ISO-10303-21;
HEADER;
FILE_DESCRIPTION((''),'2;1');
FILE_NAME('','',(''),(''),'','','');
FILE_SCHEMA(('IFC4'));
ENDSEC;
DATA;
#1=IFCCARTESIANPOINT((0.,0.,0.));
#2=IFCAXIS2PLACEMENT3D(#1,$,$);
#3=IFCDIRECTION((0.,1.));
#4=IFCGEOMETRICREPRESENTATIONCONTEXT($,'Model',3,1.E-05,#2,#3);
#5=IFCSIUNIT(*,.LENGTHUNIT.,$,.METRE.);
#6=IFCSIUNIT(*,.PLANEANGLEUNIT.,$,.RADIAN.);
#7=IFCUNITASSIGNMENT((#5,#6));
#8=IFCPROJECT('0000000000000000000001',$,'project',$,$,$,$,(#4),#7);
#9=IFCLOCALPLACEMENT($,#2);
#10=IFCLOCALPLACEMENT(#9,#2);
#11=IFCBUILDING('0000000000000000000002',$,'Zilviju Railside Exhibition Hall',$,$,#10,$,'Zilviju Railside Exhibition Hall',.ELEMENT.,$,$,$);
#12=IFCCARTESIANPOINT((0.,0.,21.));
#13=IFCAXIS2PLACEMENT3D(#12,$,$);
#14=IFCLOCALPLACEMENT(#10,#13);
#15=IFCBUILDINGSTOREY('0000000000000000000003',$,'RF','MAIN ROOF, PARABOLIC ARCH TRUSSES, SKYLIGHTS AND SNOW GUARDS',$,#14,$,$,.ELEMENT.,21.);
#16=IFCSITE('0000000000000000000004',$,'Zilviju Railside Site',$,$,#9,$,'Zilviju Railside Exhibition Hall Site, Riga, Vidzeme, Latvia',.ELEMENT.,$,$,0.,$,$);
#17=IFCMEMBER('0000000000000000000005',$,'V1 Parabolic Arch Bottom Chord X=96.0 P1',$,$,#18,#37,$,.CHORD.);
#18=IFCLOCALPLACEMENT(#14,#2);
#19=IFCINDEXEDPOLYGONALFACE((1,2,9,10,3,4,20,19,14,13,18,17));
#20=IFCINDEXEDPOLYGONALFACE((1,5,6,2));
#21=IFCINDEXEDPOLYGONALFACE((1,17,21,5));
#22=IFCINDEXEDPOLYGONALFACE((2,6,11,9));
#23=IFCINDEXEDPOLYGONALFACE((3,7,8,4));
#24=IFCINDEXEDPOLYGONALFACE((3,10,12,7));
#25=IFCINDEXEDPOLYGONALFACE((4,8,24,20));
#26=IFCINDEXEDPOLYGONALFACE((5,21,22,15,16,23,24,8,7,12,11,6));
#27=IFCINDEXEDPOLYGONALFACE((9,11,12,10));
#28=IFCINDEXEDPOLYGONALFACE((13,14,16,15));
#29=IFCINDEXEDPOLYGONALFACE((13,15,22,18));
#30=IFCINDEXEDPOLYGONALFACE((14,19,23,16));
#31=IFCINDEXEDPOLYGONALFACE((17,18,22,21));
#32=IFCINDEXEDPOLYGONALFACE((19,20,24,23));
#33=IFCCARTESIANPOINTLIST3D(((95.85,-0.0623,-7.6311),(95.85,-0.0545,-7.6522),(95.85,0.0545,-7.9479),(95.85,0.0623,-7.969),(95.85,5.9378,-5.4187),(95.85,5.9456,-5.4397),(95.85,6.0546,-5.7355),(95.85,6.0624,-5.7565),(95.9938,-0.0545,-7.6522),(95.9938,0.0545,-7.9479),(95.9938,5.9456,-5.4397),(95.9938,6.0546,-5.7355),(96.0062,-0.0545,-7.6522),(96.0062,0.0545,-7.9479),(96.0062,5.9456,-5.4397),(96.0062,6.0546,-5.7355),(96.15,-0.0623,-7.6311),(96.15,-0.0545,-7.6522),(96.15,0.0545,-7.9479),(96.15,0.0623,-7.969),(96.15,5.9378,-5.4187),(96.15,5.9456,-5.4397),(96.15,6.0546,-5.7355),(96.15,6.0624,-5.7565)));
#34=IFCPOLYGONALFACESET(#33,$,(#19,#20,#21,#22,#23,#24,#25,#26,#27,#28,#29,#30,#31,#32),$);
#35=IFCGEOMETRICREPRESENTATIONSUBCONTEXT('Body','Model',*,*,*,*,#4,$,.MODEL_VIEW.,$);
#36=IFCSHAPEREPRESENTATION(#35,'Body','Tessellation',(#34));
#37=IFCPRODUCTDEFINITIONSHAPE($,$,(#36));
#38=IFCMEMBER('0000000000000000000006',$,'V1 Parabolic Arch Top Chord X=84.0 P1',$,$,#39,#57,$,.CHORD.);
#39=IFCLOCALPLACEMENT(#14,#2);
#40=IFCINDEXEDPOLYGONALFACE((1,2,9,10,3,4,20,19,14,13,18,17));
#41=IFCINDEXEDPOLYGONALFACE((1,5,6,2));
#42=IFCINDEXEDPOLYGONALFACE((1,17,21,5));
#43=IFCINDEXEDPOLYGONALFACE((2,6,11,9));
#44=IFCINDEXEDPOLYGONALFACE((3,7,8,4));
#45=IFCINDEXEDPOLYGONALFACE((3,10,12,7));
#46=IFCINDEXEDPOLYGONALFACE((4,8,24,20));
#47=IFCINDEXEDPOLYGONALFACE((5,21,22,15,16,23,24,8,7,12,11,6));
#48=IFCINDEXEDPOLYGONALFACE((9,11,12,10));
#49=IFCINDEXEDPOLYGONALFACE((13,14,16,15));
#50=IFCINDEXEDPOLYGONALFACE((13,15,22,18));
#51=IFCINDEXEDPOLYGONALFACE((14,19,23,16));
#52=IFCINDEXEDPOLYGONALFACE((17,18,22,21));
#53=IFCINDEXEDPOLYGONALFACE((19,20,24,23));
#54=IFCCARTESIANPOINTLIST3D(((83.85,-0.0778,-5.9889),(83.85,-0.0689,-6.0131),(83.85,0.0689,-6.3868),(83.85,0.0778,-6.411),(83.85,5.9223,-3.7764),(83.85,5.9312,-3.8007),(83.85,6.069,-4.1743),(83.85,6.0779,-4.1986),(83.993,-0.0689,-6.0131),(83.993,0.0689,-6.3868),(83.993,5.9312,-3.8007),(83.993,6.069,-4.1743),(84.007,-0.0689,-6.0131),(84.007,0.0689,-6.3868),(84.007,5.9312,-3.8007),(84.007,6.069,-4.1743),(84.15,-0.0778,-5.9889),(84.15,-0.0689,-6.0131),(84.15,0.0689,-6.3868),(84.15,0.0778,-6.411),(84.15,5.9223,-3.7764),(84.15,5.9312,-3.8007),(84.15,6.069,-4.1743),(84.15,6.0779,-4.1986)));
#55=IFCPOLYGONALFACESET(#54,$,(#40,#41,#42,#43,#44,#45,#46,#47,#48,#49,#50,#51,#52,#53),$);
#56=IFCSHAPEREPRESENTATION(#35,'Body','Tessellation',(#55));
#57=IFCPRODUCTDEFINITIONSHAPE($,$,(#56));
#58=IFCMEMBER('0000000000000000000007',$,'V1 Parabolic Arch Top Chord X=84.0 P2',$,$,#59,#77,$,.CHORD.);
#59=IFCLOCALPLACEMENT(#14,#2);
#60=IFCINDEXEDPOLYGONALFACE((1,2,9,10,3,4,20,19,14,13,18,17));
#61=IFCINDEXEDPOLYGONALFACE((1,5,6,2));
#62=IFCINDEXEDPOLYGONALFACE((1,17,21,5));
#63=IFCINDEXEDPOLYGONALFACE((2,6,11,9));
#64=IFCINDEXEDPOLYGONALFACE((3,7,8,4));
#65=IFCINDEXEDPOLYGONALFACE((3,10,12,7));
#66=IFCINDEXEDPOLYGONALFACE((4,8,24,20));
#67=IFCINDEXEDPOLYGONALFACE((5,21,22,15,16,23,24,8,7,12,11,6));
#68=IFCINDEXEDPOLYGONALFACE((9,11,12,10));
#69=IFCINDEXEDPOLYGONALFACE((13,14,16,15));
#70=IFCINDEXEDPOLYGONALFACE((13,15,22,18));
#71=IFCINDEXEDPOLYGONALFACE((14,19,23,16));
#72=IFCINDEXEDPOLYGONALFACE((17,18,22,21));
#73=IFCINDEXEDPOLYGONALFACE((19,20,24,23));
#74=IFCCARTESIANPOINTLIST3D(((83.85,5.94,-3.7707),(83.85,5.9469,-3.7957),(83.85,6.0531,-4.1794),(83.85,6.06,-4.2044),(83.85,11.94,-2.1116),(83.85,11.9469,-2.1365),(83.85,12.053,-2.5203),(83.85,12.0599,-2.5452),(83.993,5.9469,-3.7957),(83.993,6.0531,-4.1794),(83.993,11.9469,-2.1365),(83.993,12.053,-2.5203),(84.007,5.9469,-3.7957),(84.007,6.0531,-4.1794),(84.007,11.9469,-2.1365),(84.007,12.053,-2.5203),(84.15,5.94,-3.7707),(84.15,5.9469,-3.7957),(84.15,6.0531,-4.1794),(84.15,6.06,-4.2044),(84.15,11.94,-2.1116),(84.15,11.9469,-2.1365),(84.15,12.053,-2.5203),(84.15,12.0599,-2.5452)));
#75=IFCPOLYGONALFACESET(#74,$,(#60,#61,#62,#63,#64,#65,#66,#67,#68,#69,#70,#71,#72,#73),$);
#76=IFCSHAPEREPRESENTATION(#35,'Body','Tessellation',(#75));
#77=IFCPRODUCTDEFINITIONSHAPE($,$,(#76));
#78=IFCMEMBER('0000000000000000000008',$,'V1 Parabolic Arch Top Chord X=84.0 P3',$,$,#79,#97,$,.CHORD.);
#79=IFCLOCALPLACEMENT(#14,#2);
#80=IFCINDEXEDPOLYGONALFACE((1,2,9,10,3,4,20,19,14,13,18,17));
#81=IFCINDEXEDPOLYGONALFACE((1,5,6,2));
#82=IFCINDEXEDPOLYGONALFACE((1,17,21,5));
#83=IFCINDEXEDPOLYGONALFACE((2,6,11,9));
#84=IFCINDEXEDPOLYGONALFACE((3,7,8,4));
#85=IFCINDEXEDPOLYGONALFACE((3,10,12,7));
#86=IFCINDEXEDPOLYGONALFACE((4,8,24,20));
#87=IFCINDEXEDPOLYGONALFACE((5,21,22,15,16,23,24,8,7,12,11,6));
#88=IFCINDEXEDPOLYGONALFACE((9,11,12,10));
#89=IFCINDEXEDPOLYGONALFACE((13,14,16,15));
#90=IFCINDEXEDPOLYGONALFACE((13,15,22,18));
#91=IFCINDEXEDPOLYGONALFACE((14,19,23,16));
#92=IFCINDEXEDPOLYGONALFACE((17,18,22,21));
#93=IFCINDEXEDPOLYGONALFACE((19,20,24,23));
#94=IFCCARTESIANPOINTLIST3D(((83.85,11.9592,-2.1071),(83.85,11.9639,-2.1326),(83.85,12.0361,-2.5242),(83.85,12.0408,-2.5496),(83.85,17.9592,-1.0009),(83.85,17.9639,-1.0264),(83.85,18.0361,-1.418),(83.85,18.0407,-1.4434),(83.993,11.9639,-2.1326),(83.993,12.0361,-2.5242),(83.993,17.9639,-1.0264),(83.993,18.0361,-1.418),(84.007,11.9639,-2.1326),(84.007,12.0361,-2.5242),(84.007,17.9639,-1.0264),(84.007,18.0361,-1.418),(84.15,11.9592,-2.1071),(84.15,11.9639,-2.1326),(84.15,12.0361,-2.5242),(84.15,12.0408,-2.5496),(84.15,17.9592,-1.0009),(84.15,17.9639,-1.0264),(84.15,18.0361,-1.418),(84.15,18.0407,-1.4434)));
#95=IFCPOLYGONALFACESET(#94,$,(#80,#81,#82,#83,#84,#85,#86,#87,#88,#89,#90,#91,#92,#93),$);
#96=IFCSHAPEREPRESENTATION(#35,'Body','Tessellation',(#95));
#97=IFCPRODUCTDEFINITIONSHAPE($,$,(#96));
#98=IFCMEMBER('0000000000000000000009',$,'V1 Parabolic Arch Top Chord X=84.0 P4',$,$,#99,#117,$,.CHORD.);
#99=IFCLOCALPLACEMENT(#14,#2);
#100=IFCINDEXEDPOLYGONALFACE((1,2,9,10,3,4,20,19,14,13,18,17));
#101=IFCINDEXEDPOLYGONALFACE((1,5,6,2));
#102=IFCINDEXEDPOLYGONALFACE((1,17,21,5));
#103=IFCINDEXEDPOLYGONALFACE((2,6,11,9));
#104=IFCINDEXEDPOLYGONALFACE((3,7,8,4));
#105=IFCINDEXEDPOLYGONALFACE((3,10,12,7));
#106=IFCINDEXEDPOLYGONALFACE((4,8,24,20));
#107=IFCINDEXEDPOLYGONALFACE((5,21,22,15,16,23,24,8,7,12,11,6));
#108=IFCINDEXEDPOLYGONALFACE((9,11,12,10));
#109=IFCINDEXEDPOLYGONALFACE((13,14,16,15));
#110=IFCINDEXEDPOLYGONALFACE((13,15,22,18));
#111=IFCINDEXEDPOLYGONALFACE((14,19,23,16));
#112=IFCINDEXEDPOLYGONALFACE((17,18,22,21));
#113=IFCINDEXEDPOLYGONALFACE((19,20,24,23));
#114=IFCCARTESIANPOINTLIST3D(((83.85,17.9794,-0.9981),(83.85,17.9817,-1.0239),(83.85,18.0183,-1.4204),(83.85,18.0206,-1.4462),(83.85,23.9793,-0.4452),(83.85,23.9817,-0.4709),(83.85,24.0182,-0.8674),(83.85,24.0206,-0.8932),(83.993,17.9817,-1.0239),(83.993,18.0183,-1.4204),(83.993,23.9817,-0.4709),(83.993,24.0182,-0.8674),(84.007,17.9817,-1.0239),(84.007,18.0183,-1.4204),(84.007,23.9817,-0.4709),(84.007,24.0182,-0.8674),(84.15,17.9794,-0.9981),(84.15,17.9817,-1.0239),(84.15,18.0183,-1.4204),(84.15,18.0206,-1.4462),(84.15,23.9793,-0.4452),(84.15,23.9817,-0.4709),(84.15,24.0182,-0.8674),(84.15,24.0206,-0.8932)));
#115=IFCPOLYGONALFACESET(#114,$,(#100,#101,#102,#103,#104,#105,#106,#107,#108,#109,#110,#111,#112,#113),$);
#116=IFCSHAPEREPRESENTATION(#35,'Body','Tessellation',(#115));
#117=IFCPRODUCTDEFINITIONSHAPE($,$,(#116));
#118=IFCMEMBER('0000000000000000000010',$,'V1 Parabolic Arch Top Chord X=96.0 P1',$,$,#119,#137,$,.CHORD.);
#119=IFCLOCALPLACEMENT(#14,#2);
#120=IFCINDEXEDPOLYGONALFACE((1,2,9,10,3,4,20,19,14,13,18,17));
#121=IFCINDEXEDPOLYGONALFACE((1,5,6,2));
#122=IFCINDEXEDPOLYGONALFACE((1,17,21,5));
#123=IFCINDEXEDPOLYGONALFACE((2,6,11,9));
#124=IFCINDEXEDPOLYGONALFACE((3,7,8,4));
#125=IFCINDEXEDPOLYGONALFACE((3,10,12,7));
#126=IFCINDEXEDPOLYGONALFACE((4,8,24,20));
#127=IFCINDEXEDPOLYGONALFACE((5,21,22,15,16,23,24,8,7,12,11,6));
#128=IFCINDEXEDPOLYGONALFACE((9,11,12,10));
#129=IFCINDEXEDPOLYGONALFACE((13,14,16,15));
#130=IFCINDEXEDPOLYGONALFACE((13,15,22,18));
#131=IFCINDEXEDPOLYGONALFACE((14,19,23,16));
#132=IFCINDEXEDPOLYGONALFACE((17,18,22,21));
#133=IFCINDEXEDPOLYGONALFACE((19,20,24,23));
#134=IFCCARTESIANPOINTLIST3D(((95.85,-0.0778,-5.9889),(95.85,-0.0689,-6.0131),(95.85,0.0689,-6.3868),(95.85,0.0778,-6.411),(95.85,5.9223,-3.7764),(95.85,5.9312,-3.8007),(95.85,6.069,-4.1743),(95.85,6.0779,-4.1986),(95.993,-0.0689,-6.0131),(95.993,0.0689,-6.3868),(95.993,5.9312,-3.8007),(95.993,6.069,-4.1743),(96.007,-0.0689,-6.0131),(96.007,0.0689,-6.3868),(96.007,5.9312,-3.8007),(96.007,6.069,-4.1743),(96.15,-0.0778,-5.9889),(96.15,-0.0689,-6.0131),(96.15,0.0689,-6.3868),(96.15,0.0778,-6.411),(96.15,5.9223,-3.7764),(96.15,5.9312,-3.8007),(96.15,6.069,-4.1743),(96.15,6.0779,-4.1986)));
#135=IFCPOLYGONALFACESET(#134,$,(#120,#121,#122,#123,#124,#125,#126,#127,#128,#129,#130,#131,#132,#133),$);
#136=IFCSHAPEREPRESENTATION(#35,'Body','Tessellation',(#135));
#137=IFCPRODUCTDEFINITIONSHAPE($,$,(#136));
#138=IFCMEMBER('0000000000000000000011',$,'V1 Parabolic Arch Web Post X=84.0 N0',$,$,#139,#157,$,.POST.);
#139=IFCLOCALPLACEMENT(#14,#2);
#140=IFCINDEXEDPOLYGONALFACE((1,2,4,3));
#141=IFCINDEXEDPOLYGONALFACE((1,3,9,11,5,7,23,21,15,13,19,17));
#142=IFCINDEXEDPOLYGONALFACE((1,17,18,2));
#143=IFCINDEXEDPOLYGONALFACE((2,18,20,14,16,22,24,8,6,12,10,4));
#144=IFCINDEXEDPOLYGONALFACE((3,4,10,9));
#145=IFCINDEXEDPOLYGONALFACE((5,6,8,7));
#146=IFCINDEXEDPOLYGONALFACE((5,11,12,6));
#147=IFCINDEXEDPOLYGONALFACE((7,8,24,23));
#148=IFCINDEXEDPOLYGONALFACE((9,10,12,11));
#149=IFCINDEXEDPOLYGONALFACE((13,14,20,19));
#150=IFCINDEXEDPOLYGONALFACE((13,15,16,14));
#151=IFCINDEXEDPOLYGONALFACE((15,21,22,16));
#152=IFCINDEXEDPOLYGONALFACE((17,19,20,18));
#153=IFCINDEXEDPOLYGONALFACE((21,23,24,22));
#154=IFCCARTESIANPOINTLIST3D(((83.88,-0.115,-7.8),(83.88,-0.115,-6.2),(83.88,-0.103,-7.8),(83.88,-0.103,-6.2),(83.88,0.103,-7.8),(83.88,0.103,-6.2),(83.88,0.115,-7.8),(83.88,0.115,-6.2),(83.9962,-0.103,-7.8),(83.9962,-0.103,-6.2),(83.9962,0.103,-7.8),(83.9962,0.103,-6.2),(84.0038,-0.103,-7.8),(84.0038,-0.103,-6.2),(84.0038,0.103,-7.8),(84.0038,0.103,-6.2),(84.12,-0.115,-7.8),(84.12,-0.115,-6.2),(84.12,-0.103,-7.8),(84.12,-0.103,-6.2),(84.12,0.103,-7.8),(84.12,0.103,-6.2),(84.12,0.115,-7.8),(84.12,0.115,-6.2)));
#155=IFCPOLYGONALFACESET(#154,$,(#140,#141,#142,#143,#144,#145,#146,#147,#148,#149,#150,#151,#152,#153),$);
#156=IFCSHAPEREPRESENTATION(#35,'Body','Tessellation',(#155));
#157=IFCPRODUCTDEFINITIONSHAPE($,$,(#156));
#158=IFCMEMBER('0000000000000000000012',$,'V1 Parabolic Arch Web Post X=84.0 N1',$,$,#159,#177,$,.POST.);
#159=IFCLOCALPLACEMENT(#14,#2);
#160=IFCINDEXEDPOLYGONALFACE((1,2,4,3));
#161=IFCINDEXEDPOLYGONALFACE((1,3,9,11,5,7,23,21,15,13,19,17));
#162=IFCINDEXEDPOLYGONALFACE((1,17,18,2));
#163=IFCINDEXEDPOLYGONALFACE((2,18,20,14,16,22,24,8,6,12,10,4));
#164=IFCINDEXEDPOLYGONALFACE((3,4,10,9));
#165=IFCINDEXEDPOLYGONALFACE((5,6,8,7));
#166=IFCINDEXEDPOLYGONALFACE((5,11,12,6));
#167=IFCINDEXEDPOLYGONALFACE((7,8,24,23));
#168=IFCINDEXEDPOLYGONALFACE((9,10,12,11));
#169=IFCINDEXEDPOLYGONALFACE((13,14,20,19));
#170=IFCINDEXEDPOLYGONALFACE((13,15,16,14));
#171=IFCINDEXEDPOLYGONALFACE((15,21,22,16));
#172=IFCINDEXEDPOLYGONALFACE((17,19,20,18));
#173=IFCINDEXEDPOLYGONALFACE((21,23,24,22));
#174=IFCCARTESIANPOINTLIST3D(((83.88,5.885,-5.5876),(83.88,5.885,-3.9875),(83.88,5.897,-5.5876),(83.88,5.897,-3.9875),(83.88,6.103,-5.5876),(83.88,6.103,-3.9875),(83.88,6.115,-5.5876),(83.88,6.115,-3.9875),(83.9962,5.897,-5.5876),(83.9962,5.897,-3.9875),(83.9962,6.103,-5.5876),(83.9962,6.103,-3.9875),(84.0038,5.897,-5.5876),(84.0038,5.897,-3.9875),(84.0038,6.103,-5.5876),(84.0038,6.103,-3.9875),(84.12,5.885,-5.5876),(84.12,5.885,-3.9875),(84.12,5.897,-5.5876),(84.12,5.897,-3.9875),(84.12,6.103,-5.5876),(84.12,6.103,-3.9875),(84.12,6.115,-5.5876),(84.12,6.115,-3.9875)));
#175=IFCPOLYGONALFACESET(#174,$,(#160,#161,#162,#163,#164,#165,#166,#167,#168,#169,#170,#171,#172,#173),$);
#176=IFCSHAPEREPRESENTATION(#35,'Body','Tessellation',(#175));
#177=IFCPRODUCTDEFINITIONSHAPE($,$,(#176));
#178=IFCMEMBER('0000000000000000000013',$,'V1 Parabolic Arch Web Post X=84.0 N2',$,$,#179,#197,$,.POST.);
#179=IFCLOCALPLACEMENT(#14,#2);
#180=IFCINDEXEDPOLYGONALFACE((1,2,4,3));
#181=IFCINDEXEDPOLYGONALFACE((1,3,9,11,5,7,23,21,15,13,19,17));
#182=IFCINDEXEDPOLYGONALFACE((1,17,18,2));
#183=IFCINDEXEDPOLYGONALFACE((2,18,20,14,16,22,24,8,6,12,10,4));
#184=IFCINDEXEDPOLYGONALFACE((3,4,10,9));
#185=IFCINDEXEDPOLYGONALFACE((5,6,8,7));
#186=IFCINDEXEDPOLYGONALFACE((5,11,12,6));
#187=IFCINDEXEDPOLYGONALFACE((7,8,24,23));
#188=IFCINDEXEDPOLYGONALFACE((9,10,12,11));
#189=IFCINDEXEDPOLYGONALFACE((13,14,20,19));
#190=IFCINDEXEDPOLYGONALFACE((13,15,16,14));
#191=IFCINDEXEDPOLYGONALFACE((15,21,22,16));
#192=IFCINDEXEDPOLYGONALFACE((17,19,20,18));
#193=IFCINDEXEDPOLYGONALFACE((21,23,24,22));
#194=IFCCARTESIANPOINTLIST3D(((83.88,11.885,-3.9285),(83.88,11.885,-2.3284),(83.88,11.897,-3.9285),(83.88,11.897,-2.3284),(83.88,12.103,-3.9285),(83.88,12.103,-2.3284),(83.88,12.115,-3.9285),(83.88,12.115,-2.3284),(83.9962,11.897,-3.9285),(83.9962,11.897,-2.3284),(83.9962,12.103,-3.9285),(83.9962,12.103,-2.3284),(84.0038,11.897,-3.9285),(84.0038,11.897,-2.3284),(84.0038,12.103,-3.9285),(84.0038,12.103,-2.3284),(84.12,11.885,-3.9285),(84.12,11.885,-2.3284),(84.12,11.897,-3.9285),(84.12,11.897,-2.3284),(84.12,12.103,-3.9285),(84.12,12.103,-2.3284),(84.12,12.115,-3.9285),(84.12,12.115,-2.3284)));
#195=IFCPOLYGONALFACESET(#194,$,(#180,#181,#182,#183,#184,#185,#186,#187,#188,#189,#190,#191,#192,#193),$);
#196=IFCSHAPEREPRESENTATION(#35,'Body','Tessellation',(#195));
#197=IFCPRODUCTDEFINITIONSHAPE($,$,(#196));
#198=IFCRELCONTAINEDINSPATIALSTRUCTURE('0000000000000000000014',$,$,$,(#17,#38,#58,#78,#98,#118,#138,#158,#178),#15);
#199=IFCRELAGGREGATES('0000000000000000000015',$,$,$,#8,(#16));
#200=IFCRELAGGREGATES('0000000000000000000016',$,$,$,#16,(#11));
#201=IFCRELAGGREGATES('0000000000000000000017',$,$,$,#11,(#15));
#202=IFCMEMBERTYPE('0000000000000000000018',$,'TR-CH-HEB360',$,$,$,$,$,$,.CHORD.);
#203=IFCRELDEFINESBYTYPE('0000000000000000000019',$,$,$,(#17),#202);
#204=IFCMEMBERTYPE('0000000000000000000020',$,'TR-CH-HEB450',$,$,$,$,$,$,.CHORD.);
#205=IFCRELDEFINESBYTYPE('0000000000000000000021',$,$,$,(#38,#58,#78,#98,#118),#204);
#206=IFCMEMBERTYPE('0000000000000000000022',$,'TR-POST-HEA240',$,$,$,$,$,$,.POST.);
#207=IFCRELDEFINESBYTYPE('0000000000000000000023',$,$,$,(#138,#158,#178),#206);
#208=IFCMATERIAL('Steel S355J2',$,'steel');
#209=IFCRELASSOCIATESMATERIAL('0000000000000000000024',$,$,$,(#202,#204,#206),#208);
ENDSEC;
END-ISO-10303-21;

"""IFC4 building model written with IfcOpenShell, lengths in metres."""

from ifc_helpers import new_model, si_unit, direction, frame, origin, origin_2d, place, context, subcontext, project, spatial, i_section, extrude, material, material_profile, profile_set, type_object, element, save


model = new_model("IFC4")

# Units and contexts
model_context = context("Model", 3, precision=1e-05, world=origin(), true_north=direction((0.0, 1.0)))
body_context = subcontext(model_context, "Body", "Model", "MODEL_VIEW")
ifc_project = project(units=[si_unit("LENGTHUNIT", "METRE"), si_unit("PLANEANGLEUNIT", "RADIAN")], contexts=[model_context])

# Site, building, storey
site_placement = place(None, origin())
site = spatial("IfcSite", under=ifc_project, at=site_placement, Name="Zilviju Railside Site", LongName="Zilviju Railside Exhibition Hall Site, Riga, Vidzeme, Latvia", CompositionType="ELEMENT", RefElevation=0.0)
building_placement = place(site_placement, origin())
building = spatial("IfcBuilding", under=site, at=building_placement, Name="Zilviju Railside Exhibition Hall", LongName="Zilviju Railside Exhibition Hall", CompositionType="ELEMENT")
storey_placement = place(building_placement, frame((0.0, 0.0, 21.0)))
storey = spatial("IfcBuildingStorey", under=building, at=storey_placement, Name="RF", Description="MAIN ROOF, PARABOLIC ARCH TRUSSES, SKYLIGHTS AND SNOW GUARDS", CompositionType="ELEMENT", Elevation=21.0)

# Members
ifc_material_1 = material(Name="Steel S355J2", Category="steel")
ifc_material_profile_1 = material_profile(ifc_material_1, i_section(OverallWidth=0.3, OverallDepth=0.3601, WebThickness=0.0125, FlangeThickness=0.0225, at=origin_2d()), Name="HEB 360")
ifc_profile_set_1 = profile_set([ifc_material_profile_1], Name="Steel S355J2")
member_type_1 = type_object("IfcMemberType", Name="TR-CH-HEB360", PredefinedType="CHORD", material=ifc_profile_set_1)
member_1_placement = place(storey_placement, frame((96.0, 0.0, -7.8), z_axis=(0.0, 0.938248, 0.345964), x_axis=(-1.0, 0.0, 0.0)))
element("IfcMember", 1, at=member_1_placement, inside=storey, type_object=member_type_1, Name="V1 Parabolic Arch Bottom Chord X=96.0 P1", PredefinedType="CHORD", context=body_context, shape_type="SweptSolid", body=[
    extrude(i_section(OverallWidth=0.3, OverallDepth=0.3601, WebThickness=0.0125, FlangeThickness=0.0225, at=origin_2d()), origin(), (0.0, 0.0, 1.0), 6.395),
])
ifc_material_profile_2 = material_profile(ifc_material_1, i_section(OverallWidth=0.3, OverallDepth=0.45, WebThickness=0.0139, FlangeThickness=0.0259, at=origin_2d()), Name="HEB 450")
ifc_profile_set_2 = profile_set([ifc_material_profile_2], Name="Steel S355J2")
member_type_2 = type_object("IfcMemberType", Name="TR-CH-HEB450", PredefinedType="CHORD", material=ifc_profile_set_2)
member_2_placement = place(storey_placement, frame((84.0, 0.0, -6.2), z_axis=(0.0, 0.938248, 0.345964), x_axis=(-1.0, 0.0, 0.0)))
element("IfcMember", 2, at=member_2_placement, inside=storey, type_object=member_type_2, Name="V1 Parabolic Arch Top Chord X=84.0 P1", PredefinedType="CHORD", context=body_context, shape_type="SweptSolid", body=[
    extrude(i_section(OverallWidth=0.3, OverallDepth=0.45, WebThickness=0.0139, FlangeThickness=0.0259, at=origin_2d()), origin(), (0.0, 0.0, 1.0), 6.395),
])
member_3_placement = place(storey_placement, frame((84.0, 6.0, -3.9875), z_axis=(0.0, 0.963827, 0.266527), x_axis=(-1.0, 0.0, 0.0)))
element("IfcMember", 3, at=member_3_placement, inside=storey, type_object=member_type_2, Name="V1 Parabolic Arch Top Chord X=84.0 P2", PredefinedType="CHORD", context=body_context, shape_type="SweptSolid", body=[
    extrude(i_section(OverallWidth=0.3, OverallDepth=0.45, WebThickness=0.0139, FlangeThickness=0.0259, at=origin_2d()), origin(), (0.0, 0.0, 1.0), 6.2251),
])
member_4_placement = place(storey_placement, frame((84.0, 12.0, -2.3284), z_axis=(0.0, 0.983426, 0.181311), x_axis=(-1.0, 0.0, 0.0)))
element("IfcMember", 4, at=member_4_placement, inside=storey, type_object=member_type_2, Name="V1 Parabolic Arch Top Chord X=84.0 P3", PredefinedType="CHORD", context=body_context, shape_type="SweptSolid", body=[
    extrude(i_section(OverallWidth=0.3, OverallDepth=0.45, WebThickness=0.0139, FlangeThickness=0.0259, at=origin_2d()), origin(), (0.0, 0.0, 1.0), 6.1011),
])
member_5_placement = place(storey_placement, frame((84.0, 18.0, -1.2222), z_axis=(0.0, 0.99578, 0.091774), x_axis=(-1.0, 0.0, 0.0)))
element("IfcMember", 5, at=member_5_placement, inside=storey, type_object=member_type_2, Name="V1 Parabolic Arch Top Chord X=84.0 P4", PredefinedType="CHORD", context=body_context, shape_type="SweptSolid", body=[
    extrude(i_section(OverallWidth=0.3, OverallDepth=0.45, WebThickness=0.0139, FlangeThickness=0.0259, at=origin_2d()), origin(), (0.0, 0.0, 1.0), 6.0254),
])
member_6_placement = place(storey_placement, frame((96.0, 0.0, -6.2), z_axis=(0.0, 0.938248, 0.345964), x_axis=(-1.0, 0.0, 0.0)))
element("IfcMember", 6, at=member_6_placement, inside=storey, type_object=member_type_2, Name="V1 Parabolic Arch Top Chord X=96.0 P1", PredefinedType="CHORD", context=body_context, shape_type="SweptSolid", body=[
    extrude(i_section(OverallWidth=0.3, OverallDepth=0.45, WebThickness=0.0139, FlangeThickness=0.0259, at=origin_2d()), origin(), (0.0, 0.0, 1.0), 6.395),
])
ifc_material_profile_3 = material_profile(ifc_material_1, i_section(OverallWidth=0.24, OverallDepth=0.23, WebThickness=0.0076, FlangeThickness=0.012, at=origin_2d()), Name="HEA 240")
ifc_profile_set_3 = profile_set([ifc_material_profile_3], Name="Steel S355J2")
member_type_3 = type_object("IfcMemberType", Name="TR-POST-HEA240", PredefinedType="POST", material=ifc_profile_set_3)
for number, where, z_axis, x_axis, name in (
    (7, (84.0, 0.0, -7.8), (0.0, 0.0, 1.0), (1.0, 0.0, 0.0), "V1 Parabolic Arch Web Post X=84.0 N0"),
    (8, (84.0, 6.0, -5.5876), (0.0, 0.0, 1.0), (1.0, 0.0, 0.0), "V1 Parabolic Arch Web Post X=84.0 N1"),
    (9, (84.0, 12.0, -3.9285), (0.0, 0.0, 1.0), (1.0, 0.0, 0.0), "V1 Parabolic Arch Web Post X=84.0 N2"),
):
    element("IfcMember", number, at=place(storey_placement, frame(where, z_axis=z_axis, x_axis=x_axis)), inside=storey, type_object=member_type_3, Name=name, PredefinedType="POST", context=body_context, shape_type="SweptSolid", body=[
        extrude(i_section(OverallWidth=0.24, OverallDepth=0.23, WebThickness=0.0076, FlangeThickness=0.012, at=origin_2d()), origin(), (0.0, 0.0, 1.0), 1.6001),
    ])

save(model, "model.ifc")
